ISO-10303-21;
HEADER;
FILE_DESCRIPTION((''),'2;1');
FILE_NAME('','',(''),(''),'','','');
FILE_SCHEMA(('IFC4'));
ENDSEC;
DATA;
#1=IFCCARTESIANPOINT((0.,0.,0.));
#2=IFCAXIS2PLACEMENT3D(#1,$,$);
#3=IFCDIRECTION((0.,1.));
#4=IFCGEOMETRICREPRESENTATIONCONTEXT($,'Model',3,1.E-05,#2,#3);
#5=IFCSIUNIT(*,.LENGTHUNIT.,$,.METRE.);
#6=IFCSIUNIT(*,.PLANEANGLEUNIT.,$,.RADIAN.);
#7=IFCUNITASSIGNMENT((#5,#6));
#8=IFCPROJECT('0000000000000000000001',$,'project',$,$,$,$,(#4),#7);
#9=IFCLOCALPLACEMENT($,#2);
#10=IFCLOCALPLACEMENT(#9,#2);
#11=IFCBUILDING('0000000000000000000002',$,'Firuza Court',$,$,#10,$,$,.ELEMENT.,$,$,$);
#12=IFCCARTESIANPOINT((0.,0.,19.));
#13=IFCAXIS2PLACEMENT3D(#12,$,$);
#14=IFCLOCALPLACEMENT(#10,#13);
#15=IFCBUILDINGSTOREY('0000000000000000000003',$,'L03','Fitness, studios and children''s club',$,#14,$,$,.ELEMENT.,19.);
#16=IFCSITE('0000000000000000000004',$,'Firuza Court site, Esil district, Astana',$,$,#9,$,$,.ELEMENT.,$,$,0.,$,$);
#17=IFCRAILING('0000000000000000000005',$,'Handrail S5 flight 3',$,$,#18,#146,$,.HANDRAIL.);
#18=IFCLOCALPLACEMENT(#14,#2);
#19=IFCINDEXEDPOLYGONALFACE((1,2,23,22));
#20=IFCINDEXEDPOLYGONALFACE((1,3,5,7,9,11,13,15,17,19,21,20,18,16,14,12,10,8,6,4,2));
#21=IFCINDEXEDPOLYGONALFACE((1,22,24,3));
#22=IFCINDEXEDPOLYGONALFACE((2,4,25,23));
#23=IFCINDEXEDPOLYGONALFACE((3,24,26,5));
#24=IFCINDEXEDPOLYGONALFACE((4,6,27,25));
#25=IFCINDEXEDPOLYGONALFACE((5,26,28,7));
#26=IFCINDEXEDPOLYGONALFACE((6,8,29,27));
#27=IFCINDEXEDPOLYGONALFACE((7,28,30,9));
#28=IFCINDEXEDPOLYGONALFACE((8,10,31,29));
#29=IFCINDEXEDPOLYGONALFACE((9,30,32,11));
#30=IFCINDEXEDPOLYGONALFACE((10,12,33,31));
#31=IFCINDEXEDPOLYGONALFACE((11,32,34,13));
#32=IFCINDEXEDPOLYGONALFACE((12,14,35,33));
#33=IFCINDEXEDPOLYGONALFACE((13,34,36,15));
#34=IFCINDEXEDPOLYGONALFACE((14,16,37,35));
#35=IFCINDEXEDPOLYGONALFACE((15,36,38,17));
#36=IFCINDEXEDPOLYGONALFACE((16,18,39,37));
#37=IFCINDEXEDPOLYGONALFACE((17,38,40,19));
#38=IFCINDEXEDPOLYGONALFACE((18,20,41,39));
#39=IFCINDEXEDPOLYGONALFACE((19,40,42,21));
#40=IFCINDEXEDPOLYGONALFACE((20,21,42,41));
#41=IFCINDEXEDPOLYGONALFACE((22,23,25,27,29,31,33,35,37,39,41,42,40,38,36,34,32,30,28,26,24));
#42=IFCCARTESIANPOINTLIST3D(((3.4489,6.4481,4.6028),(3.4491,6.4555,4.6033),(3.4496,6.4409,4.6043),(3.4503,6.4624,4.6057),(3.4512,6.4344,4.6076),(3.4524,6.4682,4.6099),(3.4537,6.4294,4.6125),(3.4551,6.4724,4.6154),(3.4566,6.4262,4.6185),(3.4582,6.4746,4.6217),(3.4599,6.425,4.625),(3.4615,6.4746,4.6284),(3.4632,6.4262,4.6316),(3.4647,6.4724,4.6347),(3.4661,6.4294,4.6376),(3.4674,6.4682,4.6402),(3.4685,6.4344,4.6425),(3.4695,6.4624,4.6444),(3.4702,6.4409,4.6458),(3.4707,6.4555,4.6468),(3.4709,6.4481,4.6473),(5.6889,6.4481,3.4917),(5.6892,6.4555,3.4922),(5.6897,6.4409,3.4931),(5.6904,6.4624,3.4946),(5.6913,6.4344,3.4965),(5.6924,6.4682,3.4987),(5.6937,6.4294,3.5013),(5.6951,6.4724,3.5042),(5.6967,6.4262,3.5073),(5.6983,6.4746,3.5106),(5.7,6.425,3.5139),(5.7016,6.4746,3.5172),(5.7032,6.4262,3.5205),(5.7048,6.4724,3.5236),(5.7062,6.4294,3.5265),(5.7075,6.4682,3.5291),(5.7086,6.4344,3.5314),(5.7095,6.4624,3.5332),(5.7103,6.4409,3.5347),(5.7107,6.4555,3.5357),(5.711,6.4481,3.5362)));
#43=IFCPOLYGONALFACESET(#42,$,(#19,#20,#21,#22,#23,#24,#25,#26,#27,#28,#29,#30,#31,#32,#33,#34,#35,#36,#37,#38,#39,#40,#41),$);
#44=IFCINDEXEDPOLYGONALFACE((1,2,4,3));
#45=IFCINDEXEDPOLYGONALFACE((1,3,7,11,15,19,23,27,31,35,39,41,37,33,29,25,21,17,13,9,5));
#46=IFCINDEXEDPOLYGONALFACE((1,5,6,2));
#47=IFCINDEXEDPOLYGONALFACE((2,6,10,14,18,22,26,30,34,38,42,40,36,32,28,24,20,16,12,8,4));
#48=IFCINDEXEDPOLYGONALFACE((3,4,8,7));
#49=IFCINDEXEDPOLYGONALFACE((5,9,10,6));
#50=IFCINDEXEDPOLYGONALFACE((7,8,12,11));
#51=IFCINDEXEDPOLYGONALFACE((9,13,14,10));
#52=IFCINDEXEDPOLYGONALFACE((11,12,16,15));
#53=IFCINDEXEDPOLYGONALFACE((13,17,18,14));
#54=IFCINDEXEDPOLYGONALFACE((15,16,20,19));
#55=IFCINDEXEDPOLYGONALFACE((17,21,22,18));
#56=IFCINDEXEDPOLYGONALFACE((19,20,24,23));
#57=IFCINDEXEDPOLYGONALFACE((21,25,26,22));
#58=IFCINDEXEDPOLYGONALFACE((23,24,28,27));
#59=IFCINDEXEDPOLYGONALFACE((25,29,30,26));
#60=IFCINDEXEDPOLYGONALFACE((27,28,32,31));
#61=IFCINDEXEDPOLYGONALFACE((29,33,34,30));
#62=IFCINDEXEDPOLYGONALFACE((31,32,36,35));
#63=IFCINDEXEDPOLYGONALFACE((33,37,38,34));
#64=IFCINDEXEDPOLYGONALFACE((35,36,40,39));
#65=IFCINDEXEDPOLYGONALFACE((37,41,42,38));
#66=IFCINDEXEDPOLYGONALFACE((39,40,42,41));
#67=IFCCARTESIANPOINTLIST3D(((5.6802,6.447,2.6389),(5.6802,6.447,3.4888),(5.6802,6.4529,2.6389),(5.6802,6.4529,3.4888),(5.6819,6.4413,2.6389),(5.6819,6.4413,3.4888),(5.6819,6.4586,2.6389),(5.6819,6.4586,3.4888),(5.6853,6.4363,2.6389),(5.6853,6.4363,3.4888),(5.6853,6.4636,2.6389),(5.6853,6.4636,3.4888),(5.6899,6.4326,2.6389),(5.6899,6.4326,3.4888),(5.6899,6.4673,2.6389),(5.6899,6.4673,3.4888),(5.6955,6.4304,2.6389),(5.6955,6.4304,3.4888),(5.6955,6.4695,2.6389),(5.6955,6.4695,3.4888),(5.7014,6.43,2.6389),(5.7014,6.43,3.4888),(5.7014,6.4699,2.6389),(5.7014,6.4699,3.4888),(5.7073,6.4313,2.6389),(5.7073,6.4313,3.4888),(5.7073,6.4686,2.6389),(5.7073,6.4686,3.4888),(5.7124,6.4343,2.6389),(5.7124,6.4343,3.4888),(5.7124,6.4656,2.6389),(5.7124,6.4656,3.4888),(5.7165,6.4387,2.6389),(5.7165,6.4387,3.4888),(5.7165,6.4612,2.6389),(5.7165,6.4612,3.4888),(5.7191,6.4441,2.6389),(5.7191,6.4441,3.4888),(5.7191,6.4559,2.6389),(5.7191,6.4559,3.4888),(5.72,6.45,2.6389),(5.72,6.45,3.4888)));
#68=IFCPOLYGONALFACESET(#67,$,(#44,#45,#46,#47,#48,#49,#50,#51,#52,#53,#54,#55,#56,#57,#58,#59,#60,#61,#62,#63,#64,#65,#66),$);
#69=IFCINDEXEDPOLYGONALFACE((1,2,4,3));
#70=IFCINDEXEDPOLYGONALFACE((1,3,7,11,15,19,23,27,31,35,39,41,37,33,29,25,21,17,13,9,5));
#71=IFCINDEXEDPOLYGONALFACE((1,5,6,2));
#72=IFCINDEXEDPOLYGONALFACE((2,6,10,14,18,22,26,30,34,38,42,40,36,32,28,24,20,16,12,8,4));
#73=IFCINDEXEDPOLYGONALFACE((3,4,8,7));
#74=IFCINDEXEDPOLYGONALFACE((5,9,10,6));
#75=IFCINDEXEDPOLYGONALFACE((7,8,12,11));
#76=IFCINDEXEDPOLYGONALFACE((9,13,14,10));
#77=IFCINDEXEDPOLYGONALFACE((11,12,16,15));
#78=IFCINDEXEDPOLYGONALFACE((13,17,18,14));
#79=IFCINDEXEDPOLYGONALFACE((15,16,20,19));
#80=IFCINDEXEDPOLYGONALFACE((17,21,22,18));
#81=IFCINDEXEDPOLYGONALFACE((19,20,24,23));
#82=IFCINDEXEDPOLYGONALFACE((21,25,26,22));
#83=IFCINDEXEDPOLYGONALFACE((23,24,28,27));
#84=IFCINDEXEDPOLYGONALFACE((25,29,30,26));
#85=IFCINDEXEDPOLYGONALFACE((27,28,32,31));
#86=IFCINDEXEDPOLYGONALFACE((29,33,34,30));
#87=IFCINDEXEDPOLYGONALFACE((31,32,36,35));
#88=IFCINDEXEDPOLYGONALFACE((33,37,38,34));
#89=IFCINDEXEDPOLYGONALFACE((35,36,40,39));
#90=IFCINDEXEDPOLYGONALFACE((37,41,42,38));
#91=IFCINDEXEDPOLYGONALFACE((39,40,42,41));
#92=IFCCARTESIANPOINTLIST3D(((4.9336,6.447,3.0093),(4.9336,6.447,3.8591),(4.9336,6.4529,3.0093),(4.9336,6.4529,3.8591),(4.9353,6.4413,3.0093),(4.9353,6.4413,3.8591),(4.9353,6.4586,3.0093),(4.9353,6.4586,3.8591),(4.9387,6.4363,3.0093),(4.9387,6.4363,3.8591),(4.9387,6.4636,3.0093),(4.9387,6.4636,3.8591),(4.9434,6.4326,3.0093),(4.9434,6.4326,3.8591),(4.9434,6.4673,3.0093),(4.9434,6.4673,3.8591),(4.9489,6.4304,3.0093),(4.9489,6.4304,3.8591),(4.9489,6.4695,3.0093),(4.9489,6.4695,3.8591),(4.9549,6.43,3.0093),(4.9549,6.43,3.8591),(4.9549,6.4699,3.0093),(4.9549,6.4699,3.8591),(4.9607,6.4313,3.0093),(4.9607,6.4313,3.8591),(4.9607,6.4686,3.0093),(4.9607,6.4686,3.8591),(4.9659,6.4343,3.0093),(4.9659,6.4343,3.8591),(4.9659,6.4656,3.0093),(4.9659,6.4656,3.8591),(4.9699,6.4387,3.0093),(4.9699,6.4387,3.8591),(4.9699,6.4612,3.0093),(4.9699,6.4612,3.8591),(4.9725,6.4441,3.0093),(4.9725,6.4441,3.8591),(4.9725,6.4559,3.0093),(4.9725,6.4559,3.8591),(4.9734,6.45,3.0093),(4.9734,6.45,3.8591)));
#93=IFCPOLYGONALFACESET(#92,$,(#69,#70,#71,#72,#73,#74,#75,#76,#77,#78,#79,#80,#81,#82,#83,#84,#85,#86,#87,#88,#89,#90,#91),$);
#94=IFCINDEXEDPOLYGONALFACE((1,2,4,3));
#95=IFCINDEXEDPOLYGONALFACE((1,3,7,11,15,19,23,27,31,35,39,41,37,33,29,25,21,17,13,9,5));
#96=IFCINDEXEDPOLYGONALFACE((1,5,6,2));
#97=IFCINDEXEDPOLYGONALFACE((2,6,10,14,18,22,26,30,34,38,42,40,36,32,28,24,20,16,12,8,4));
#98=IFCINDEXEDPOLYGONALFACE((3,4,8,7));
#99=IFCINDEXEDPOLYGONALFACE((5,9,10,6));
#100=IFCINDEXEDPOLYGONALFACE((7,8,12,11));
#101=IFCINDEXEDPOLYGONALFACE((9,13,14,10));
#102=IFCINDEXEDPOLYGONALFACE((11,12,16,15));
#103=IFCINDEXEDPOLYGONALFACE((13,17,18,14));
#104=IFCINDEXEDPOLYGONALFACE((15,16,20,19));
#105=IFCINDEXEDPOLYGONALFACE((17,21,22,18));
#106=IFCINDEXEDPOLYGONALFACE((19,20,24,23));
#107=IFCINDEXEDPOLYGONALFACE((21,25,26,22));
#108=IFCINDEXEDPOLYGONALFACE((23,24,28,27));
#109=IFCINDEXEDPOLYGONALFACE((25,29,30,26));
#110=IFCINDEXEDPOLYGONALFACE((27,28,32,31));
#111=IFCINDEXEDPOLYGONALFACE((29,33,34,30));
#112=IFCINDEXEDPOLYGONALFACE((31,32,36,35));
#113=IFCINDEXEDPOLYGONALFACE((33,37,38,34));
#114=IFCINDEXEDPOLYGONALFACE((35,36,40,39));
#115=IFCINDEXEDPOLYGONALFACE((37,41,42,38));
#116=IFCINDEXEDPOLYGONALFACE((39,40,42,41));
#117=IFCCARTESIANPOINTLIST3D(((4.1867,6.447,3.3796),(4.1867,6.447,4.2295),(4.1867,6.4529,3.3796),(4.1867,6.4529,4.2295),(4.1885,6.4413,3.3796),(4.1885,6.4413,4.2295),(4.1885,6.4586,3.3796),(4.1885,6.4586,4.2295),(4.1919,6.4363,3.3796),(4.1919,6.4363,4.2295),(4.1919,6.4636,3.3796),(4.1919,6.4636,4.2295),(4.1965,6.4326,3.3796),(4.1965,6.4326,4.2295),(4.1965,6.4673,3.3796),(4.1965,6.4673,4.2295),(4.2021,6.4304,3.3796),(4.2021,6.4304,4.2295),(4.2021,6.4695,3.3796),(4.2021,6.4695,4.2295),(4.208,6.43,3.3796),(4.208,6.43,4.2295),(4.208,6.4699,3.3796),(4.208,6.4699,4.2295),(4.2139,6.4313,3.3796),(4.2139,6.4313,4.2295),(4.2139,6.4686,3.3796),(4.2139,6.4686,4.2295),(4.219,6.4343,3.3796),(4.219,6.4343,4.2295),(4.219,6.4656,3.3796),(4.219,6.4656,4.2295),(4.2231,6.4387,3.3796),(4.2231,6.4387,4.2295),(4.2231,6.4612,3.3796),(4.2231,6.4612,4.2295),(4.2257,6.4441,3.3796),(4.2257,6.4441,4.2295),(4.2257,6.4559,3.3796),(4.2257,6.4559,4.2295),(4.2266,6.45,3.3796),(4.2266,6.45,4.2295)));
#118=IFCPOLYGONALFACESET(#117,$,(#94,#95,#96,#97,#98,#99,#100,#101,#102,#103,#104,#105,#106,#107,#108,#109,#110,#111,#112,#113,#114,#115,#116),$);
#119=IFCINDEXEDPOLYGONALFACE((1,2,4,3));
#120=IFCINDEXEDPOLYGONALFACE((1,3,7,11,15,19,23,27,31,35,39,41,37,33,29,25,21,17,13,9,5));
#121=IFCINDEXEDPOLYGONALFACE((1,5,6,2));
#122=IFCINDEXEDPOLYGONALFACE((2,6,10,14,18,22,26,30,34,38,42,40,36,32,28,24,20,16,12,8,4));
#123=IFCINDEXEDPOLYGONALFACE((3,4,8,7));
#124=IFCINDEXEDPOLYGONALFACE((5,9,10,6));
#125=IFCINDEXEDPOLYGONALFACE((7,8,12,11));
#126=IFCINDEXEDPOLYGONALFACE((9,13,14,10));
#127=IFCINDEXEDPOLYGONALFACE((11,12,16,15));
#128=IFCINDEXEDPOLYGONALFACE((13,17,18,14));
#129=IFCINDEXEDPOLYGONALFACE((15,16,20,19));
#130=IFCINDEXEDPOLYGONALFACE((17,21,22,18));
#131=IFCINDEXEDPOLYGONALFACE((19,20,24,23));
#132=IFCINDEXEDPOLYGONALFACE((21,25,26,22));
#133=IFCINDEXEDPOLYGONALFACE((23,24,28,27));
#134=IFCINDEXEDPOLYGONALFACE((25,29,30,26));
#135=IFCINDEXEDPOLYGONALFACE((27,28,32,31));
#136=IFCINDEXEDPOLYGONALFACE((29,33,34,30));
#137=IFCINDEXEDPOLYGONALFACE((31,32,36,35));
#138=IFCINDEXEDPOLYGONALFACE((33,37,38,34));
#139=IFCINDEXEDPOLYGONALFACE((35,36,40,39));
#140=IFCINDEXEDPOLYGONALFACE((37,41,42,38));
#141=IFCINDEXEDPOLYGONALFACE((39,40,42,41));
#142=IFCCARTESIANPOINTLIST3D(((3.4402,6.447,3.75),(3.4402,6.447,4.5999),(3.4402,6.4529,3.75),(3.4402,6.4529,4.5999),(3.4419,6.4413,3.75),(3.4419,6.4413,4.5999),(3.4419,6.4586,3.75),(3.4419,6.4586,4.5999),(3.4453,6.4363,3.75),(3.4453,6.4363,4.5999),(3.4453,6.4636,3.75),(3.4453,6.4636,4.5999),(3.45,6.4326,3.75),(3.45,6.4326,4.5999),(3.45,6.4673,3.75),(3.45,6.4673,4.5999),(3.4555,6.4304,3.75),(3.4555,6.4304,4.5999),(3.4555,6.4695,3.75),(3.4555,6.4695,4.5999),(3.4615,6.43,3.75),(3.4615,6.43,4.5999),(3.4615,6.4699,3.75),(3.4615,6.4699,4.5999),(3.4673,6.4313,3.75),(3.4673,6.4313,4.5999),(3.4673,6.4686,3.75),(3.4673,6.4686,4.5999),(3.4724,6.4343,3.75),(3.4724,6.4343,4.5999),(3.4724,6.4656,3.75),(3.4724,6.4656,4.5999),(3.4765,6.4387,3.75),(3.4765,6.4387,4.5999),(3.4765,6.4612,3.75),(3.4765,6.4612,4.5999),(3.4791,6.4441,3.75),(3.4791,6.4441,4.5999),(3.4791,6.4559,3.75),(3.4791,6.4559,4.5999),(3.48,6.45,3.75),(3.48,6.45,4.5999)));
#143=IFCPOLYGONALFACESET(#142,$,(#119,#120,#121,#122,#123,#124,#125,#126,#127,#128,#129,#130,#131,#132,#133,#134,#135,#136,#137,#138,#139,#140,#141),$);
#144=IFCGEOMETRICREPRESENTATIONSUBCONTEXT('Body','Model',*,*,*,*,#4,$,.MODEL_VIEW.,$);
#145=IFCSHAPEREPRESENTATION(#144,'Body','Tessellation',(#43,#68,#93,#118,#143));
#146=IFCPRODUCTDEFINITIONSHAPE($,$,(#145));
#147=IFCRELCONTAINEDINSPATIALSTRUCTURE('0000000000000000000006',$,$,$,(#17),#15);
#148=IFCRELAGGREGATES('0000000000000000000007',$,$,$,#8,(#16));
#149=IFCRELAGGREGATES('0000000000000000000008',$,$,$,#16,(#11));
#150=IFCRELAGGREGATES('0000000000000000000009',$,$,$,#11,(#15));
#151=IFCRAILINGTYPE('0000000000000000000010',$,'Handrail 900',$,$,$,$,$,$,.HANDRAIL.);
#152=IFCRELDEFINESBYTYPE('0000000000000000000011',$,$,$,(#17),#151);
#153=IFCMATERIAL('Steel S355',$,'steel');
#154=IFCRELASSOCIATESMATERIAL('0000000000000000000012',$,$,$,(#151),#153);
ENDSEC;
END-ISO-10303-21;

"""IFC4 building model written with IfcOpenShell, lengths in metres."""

from ifc_helpers import new_model, si_unit, direction, frame, origin, origin_2d, place, context, subcontext, project, spatial, circle, extrude, material, type_object, element, save


model = new_model("IFC4")

# Units and contexts
model_context = context("Model", 3, precision=1e-05, world=origin(), true_north=direction((0.0, 1.0)))
body_context = subcontext(model_context, "Body", "Model", "MODEL_VIEW")
ifc_project = project(units=[si_unit("LENGTHUNIT", "METRE"), si_unit("PLANEANGLEUNIT", "RADIAN")], contexts=[model_context])

# Site, building, storey
site_placement = place(None, origin())
site = spatial("IfcSite", under=ifc_project, at=site_placement, Name="Firuza Court site, Esil district, Astana", CompositionType="ELEMENT", RefElevation=0.0)
building_placement = place(site_placement, origin())
building = spatial("IfcBuilding", under=site, at=building_placement, Name="Firuza Court", CompositionType="ELEMENT")
storey_placement = place(building_placement, frame((0.0, 0.0, 19.0)))
storey = spatial("IfcBuildingStorey", under=building, at=storey_placement, Name="L03", Description="Fitness, studios and children's club", CompositionType="ELEMENT", Elevation=19.0)

# Railing
ifc_material_1 = material(Name="Steel S355", Category="steel")
railing_type_1 = type_object("IfcRailingType", Name="Handrail 900", PredefinedType="HANDRAIL", material=ifc_material_1)
for number, where, name in (
    (1, (5.7, 6.45, 2.6389), "Handrail S5 flight 3"),
):
    element("IfcRailing", number, at=place(storey_placement, frame(where)), inside=storey, type_object=railing_type_1, Name=name, PredefinedType="HANDRAIL", context=body_context, shape_type="SweptSolid", body=[
        extrude(circle(Radius=0.0249, at=origin_2d()), frame((0.0, 0.0, 0.875), z_axis=(-0.895848, 0.0, 0.44436), x_axis=(0.0, -1.0, 0.0)), (0.0, 0.0, 1.0), 2.5005),
        extrude(circle(Radius=0.02, at=origin_2d()), origin(), (0.0, 0.0, 1.0), 0.8499),
        extrude(circle(Radius=0.02, at=origin_2d()), frame((-0.7466, 0.0, 0.3704)), (0.0, 0.0, 1.0), 0.8499),
        extrude(circle(Radius=0.02, at=origin_2d()), frame((-1.4934, 0.0, 0.7407)), (0.0, 0.0, 1.0), 0.8499),
        extrude(circle(Radius=0.02, at=origin_2d()), frame((-2.24, 0.0, 1.1111)), (0.0, 0.0, 1.0), 0.8499),
    ])

save(model, "model.ifc")
